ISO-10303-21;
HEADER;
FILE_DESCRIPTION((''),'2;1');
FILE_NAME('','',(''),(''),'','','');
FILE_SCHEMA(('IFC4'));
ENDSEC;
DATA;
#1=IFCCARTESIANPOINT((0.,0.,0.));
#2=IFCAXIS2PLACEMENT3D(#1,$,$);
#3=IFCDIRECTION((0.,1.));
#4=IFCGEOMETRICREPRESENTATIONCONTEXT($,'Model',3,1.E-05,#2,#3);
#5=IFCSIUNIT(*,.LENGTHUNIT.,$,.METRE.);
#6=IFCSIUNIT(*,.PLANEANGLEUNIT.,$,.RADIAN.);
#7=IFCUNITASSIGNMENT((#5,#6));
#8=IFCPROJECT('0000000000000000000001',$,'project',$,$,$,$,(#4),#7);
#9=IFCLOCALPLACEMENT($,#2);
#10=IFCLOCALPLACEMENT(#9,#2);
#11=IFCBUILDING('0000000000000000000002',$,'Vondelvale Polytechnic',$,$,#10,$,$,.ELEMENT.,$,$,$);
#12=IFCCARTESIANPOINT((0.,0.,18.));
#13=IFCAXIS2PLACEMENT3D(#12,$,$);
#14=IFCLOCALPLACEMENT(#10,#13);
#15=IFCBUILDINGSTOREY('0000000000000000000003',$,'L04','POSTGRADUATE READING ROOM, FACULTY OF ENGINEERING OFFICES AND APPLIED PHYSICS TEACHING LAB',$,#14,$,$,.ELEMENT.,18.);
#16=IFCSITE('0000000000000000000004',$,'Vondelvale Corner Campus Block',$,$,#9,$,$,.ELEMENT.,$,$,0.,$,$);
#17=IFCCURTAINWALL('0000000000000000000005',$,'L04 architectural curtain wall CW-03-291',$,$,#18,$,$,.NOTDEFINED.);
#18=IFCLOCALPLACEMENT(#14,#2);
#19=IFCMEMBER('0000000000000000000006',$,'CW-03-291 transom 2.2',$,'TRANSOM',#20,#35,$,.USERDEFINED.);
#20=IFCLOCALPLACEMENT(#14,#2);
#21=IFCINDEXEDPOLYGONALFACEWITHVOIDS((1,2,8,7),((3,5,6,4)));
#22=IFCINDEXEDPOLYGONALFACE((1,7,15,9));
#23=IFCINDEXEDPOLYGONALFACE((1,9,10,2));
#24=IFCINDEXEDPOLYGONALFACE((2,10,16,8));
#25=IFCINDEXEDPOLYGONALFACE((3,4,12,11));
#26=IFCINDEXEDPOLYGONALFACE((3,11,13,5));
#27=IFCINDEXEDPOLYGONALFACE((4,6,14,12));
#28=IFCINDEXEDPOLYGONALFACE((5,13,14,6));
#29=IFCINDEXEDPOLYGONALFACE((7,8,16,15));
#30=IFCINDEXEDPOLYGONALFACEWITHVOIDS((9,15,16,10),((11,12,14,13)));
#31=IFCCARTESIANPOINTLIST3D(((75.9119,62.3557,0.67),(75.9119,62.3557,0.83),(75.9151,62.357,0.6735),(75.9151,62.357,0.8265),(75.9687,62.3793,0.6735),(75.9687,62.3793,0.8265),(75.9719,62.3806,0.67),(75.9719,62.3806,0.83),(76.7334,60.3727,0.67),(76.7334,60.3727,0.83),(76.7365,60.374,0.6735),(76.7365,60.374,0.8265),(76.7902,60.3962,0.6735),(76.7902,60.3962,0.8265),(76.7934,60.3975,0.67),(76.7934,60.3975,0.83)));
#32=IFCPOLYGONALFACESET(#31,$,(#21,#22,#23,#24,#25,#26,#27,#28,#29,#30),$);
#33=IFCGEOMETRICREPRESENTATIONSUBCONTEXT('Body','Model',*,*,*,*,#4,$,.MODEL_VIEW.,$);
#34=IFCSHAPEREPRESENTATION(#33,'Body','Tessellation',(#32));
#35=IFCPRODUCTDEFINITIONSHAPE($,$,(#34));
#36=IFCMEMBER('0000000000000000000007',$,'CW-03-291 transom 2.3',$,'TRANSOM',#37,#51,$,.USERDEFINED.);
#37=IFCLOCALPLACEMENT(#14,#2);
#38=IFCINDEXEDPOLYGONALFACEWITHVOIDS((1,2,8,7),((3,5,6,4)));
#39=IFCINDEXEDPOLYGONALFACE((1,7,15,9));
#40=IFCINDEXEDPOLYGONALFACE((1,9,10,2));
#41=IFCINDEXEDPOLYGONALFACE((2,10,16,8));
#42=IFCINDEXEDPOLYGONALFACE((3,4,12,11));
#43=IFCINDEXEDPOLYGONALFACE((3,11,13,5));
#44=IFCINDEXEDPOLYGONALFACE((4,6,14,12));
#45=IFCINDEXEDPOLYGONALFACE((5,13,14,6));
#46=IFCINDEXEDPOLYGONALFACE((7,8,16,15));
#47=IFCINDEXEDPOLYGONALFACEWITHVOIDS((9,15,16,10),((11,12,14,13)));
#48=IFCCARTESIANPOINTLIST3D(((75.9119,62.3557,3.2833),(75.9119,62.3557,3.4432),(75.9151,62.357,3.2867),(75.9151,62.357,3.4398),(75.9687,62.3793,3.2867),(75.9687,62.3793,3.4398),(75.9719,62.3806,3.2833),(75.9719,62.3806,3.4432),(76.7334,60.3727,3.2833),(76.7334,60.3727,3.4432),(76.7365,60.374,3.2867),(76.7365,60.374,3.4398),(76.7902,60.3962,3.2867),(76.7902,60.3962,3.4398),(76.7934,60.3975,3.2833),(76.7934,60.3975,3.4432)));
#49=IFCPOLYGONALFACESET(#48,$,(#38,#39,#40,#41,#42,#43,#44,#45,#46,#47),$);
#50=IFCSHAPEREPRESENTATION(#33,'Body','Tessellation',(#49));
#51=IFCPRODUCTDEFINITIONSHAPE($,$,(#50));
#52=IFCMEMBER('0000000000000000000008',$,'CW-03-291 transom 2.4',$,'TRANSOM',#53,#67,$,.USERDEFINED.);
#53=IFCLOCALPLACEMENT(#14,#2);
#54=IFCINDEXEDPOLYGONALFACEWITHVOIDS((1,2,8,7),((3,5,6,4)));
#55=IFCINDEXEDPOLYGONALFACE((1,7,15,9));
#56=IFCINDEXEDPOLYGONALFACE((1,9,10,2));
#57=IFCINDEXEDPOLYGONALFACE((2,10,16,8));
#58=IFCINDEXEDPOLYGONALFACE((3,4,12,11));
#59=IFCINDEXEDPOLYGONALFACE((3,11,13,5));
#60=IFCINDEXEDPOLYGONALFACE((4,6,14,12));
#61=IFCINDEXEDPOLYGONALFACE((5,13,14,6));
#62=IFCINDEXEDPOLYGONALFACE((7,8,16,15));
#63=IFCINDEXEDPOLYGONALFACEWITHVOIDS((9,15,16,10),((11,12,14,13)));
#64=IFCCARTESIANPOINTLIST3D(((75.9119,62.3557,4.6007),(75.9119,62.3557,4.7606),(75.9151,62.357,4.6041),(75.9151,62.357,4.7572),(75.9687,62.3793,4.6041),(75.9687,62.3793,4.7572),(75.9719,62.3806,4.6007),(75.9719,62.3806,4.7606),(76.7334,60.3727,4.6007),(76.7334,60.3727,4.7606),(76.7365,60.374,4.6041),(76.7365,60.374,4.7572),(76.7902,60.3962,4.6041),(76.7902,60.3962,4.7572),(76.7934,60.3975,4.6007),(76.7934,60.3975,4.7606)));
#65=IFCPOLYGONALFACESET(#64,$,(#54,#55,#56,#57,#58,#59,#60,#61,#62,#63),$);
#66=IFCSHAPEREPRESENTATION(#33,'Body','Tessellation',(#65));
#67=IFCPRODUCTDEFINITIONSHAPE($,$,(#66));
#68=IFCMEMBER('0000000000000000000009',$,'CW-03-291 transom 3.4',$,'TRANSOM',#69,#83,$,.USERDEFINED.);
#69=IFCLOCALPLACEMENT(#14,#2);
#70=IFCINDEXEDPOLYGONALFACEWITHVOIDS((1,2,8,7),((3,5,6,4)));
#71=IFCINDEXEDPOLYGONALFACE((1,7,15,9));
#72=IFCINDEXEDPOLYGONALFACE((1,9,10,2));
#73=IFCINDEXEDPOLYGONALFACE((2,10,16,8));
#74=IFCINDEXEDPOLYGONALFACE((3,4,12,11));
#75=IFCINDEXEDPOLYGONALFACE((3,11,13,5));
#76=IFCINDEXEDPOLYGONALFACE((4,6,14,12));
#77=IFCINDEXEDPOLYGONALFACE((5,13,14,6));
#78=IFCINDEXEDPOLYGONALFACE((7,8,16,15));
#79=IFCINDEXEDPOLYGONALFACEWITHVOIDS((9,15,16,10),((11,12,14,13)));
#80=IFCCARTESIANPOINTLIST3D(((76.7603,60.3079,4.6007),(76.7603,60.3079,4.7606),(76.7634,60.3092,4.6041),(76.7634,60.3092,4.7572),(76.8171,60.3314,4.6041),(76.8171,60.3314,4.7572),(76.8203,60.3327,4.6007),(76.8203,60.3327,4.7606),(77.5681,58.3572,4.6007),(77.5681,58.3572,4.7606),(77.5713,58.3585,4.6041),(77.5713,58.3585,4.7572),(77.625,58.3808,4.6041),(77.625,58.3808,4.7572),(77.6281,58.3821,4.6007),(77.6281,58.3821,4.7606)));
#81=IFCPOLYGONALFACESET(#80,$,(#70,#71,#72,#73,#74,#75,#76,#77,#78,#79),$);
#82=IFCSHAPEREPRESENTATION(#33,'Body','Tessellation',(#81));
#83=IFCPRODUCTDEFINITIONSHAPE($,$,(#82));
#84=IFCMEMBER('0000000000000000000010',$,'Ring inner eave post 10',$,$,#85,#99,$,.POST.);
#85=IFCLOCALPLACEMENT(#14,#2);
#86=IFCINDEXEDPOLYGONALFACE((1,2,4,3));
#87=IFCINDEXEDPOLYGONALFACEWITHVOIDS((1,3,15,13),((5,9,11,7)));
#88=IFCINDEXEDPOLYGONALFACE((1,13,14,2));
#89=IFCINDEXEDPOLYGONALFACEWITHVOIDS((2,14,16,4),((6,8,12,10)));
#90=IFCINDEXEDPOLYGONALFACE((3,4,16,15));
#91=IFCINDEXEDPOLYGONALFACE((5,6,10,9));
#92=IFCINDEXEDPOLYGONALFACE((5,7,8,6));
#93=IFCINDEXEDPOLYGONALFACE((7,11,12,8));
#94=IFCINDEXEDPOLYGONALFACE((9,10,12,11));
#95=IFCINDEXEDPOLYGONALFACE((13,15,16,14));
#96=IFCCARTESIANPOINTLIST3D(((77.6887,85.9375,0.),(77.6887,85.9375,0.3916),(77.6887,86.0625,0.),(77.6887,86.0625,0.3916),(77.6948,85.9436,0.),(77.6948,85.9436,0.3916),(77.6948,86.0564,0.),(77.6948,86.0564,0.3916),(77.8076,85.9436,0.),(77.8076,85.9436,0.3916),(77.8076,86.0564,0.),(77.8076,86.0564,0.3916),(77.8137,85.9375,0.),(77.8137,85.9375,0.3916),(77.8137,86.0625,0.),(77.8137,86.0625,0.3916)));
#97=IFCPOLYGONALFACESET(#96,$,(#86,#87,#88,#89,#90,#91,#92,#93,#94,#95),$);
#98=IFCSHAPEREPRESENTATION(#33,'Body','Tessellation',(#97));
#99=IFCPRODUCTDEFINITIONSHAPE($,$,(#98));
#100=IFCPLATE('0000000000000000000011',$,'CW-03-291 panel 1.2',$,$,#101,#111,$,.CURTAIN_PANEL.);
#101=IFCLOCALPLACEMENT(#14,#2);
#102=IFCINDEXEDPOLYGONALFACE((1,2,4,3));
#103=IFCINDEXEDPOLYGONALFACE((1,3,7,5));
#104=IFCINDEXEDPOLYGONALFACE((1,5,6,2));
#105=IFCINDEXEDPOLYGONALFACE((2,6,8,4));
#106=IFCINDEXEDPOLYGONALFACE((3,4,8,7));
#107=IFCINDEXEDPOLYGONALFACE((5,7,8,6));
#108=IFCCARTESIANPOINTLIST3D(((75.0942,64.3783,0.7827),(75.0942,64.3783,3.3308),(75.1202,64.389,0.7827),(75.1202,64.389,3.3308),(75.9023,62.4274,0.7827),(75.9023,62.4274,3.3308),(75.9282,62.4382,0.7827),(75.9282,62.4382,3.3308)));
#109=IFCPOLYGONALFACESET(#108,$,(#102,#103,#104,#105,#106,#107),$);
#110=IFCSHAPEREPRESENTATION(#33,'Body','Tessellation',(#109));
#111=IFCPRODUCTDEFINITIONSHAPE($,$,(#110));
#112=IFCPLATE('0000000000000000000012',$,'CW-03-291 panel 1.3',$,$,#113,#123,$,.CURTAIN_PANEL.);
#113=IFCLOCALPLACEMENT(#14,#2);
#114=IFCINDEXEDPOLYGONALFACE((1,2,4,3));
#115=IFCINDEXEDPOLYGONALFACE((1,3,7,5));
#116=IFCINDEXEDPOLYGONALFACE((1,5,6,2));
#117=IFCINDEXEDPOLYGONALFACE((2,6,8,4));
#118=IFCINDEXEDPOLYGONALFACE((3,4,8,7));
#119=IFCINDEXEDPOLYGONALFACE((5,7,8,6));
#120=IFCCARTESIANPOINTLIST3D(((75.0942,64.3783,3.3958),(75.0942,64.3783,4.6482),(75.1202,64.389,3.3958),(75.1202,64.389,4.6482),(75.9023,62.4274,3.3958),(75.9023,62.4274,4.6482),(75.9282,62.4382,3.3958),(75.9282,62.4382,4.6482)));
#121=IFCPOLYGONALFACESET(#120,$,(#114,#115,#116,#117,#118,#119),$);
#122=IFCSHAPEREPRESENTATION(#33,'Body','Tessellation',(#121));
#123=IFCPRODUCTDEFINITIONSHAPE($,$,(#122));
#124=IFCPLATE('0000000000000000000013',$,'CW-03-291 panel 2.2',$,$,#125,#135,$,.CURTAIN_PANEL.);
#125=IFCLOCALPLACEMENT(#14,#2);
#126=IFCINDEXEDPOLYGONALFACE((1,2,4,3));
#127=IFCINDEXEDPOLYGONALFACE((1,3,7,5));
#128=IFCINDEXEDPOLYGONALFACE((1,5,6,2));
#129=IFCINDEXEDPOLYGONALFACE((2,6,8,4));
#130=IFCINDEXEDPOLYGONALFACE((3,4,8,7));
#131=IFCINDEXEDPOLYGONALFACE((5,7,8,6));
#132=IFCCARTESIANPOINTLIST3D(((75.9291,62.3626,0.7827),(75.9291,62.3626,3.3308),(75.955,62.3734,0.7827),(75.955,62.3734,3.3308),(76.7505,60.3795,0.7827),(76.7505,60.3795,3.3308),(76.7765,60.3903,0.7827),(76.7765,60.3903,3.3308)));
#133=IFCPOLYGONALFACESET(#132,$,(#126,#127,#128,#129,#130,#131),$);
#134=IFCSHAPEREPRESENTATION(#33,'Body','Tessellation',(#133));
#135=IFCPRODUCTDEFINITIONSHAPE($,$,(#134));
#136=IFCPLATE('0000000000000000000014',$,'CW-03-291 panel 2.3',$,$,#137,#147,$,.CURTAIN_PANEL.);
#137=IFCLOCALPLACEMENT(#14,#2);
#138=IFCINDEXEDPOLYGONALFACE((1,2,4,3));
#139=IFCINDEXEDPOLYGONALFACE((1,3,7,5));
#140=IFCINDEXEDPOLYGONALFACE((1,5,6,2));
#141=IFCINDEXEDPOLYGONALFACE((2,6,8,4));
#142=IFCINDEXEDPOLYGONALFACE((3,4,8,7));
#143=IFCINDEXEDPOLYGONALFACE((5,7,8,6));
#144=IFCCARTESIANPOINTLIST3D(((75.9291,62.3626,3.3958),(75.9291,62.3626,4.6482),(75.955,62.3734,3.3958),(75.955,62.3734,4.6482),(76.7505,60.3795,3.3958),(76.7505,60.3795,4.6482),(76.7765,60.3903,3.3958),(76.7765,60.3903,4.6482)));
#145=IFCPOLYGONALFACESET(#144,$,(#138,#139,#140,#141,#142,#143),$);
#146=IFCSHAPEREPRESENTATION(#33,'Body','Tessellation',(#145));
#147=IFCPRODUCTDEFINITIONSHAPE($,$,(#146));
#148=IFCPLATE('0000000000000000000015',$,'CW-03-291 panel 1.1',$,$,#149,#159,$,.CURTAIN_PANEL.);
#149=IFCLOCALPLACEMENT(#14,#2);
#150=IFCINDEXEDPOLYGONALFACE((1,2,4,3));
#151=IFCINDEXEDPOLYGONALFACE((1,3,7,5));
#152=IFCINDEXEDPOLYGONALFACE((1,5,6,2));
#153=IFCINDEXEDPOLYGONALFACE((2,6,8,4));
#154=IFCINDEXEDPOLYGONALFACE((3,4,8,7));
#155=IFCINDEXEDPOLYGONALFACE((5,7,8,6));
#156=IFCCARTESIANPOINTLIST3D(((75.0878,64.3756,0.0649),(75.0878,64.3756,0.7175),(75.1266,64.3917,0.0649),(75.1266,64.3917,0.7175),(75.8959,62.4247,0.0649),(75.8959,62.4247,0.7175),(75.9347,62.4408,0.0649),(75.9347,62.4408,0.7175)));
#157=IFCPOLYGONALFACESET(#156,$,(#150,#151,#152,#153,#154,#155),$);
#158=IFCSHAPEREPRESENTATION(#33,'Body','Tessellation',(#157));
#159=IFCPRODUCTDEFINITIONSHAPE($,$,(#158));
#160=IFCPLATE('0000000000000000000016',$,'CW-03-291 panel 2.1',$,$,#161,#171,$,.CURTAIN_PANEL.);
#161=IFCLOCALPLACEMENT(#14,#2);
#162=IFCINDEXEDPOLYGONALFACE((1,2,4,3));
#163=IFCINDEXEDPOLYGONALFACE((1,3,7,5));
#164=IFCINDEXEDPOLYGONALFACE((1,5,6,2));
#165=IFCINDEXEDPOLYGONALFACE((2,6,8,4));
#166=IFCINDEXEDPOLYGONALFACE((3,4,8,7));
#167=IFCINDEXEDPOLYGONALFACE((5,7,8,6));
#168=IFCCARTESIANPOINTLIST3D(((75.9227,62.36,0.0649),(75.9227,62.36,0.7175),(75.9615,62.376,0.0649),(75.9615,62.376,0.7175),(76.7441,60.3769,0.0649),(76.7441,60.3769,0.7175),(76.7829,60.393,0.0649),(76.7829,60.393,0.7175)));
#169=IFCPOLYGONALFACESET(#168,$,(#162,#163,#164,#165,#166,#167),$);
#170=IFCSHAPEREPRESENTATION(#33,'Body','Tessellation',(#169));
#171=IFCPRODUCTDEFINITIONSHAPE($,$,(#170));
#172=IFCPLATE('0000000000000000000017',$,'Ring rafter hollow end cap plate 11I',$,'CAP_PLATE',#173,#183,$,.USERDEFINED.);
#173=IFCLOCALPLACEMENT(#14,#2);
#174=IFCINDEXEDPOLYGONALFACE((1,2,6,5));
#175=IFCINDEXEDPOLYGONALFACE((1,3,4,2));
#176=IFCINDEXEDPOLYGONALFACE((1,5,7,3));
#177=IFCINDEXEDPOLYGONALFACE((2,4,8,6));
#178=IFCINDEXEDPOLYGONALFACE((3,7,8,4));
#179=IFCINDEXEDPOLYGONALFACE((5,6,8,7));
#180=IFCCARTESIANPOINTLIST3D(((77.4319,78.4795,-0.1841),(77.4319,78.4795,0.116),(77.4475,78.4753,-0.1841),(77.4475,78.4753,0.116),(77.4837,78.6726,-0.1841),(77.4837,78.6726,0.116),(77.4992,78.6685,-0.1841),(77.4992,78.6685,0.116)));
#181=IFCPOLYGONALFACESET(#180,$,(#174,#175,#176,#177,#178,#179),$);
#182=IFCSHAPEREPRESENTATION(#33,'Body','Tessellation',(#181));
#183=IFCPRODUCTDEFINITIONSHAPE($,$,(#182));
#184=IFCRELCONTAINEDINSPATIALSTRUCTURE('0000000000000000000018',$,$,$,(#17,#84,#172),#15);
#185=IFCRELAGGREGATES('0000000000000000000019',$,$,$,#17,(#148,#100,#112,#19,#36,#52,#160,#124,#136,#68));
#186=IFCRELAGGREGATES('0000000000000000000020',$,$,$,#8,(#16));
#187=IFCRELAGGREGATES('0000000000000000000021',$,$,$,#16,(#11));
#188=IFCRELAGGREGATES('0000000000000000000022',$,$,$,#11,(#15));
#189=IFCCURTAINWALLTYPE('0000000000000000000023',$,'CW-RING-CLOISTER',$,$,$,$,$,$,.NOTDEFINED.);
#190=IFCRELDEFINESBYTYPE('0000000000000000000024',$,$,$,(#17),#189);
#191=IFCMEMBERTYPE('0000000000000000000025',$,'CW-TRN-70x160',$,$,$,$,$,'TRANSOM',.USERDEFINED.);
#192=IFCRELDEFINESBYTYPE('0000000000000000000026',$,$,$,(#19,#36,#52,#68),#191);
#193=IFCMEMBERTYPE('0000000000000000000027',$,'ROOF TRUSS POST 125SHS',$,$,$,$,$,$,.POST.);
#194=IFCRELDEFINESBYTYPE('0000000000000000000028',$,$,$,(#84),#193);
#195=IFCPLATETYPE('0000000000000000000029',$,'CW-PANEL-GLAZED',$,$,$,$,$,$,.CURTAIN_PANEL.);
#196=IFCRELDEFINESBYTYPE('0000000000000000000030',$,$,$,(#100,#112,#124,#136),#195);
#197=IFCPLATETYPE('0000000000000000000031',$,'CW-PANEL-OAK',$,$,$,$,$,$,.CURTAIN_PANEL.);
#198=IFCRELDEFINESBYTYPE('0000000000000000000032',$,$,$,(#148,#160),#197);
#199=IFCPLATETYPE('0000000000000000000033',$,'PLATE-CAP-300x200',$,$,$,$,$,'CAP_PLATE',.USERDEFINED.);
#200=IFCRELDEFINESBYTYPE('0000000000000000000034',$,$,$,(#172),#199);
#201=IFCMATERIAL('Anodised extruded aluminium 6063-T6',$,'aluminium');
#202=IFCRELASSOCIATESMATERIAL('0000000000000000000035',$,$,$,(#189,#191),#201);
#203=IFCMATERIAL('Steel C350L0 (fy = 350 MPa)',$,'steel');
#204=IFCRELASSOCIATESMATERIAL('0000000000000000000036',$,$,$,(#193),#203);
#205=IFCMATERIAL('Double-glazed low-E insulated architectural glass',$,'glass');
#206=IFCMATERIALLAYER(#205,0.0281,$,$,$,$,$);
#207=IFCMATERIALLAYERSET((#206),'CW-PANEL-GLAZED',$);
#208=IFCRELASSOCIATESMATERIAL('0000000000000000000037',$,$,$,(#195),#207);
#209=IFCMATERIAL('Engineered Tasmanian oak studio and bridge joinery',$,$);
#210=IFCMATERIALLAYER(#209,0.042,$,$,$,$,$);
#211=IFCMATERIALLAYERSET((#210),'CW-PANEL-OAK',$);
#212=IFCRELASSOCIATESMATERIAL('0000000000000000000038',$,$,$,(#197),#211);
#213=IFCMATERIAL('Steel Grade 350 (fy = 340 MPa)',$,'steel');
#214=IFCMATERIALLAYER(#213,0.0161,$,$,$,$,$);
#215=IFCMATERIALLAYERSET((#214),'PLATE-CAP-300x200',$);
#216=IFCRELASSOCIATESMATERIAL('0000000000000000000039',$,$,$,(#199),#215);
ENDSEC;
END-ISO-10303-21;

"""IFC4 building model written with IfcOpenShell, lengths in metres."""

from ifc_helpers import new_model, si_unit, direction, frame, origin, origin_2d, place, context, subcontext, project, spatial, rectangle, hollow_rectangle, extrude, material, layer, layer_set, material_profile, profile_set, type_object, element, aggregate, save


model = new_model("IFC4")

# Units and contexts
model_context = context("Model", 3, precision=1e-05, world=origin(), true_north=direction((0.0, 1.0)))
body_context = subcontext(model_context, "Body", "Model", "MODEL_VIEW")
ifc_project = project(units=[si_unit("LENGTHUNIT", "METRE"), si_unit("PLANEANGLEUNIT", "RADIAN")], contexts=[model_context])

# Site, building, storey
site_placement = place(None, origin())
site = spatial("IfcSite", under=ifc_project, at=site_placement, Name="Vondelvale Corner Campus Block", CompositionType="ELEMENT", RefElevation=0.0)
building_placement = place(site_placement, origin())
building = spatial("IfcBuilding", under=site, at=building_placement, Name="Vondelvale Polytechnic", CompositionType="ELEMENT")
storey_placement = place(building_placement, frame((0.0, 0.0, 18.0)))
storey = spatial("IfcBuildingStorey", under=building, at=storey_placement, Name="L04", Description="POSTGRADUATE READING ROOM, FACULTY OF ENGINEERING OFFICES AND APPLIED PHYSICS TEACHING LAB", CompositionType="ELEMENT", Elevation=18.0)

# Curtain wall, members
ifc_material_1 = material(Name="Anodised extruded aluminium 6063-T6", Category="aluminium")
curtain_wall_type = type_object("IfcCurtainWallType", Name="CW-RING-CLOISTER", PredefinedType="NOTDEFINED", material=ifc_material_1)
curtain_wall_placement = place(storey_placement, origin())
curtain_wall = element("IfcCurtainWall", 1, at=curtain_wall_placement, inside=storey, type_object=curtain_wall_type, Name="L04 architectural curtain wall CW-03-291", PredefinedType="NOTDEFINED")
ifc_material_profile_1 = material_profile(ifc_material_1, hollow_rectangle(XDim=0.0649, YDim=0.1599, WallThickness=0.0034, at=origin_2d()), Name="CW-TRN-160x65")
ifc_profile_set_1 = profile_set([ifc_material_profile_1], Name="Anodised extruded aluminium 6063-T6")
member_type_1 = type_object("IfcMemberType", Name="CW-TRN-70x160", ElementType="TRANSOM", PredefinedType="USERDEFINED", material=ifc_profile_set_1)
member_1_placement = place(storey_placement, frame((75.9419, 62.3682, 0.75), z_axis=(0.382717, -0.923866, 0.0), x_axis=(0.923866, 0.382717, 0.0)))
member_1 = element("IfcMember", 2, at=member_1_placement, type_object=member_type_1, Name="CW-03-291 transom 2.2", ObjectType="TRANSOM", PredefinedType="USERDEFINED", context=body_context, shape_type="SweptSolid", body=[
    extrude(hollow_rectangle(XDim=0.0649, YDim=0.1599, WallThickness=0.0034, at=origin_2d()), origin(), (0.0, 0.0, 1.0), 2.1465),
])
member_2_placement = place(storey_placement, frame((75.9419, 62.3682, 3.3633), z_axis=(0.382717, -0.923866, 0.0), x_axis=(0.923866, 0.382717, 0.0)))
member_2 = element("IfcMember", 3, at=member_2_placement, type_object=member_type_1, Name="CW-03-291 transom 2.3", ObjectType="TRANSOM", PredefinedType="USERDEFINED", context=body_context, shape_type="SweptSolid", body=[
    extrude(hollow_rectangle(XDim=0.0649, YDim=0.1599, WallThickness=0.0034, at=origin_2d()), origin(), (0.0, 0.0, 1.0), 2.1465),
])
member_3_placement = place(storey_placement, frame((75.9419, 62.3682, 4.6807), z_axis=(0.382717, -0.923866, 0.0), x_axis=(0.923866, 0.382717, 0.0)))
member_3 = element("IfcMember", 4, at=member_3_placement, type_object=member_type_1, Name="CW-03-291 transom 2.4", ObjectType="TRANSOM", PredefinedType="USERDEFINED", context=body_context, shape_type="SweptSolid", body=[
    extrude(hollow_rectangle(XDim=0.0649, YDim=0.1599, WallThickness=0.0034, at=origin_2d()), origin(), (0.0, 0.0, 1.0), 2.1465),
])
member_4_placement = place(storey_placement, frame((76.7903, 60.3203, 4.6807), z_axis=(0.382628, -0.923903, 0.0), x_axis=(0.923903, 0.382628, 0.0)))
member_4 = element("IfcMember", 5, at=member_4_placement, type_object=member_type_1, Name="CW-03-291 transom 3.4", ObjectType="TRANSOM", PredefinedType="USERDEFINED", context=body_context, shape_type="SweptSolid", body=[
    extrude(hollow_rectangle(XDim=0.0649, YDim=0.1599, WallThickness=0.0034, at=origin_2d()), origin(), (0.0, 0.0, 1.0), 2.1113),
])

# Member
ifc_material_2 = material(Name="Steel C350L0 (fy = 350 MPa)", Category="steel")
ifc_material_profile_2 = material_profile(ifc_material_2, hollow_rectangle(XDim=0.125, YDim=0.125, WallThickness=0.0061, at=origin_2d()), Name="125x125x6.0SHS")
ifc_profile_set_2 = profile_set([ifc_material_profile_2], Name="Steel C350L0 (fy = 350 MPa)")
member_type_2 = type_object("IfcMemberType", Name="ROOF TRUSS POST 125SHS", PredefinedType="POST", material=ifc_profile_set_2)
member_5_placement = place(storey_placement, frame((77.7512, 86.0, 0.0), z_axis=(0.0, 0.0, 1.0), x_axis=(1.0, 0.0, 0.0)))
element("IfcMember", 6, at=member_5_placement, inside=storey, type_object=member_type_2, Name="Ring inner eave post 10", PredefinedType="POST", context=body_context, shape_type="SweptSolid", body=[
    extrude(hollow_rectangle(XDim=0.125, YDim=0.125, WallThickness=0.0061, at=origin_2d()), origin(), (0.0, 0.0, 1.0), 0.3916),
])

# Plates
ifc_material_3 = material(Name="Double-glazed low-E insulated architectural glass", Category="glass")
ifc_layer_1 = layer(ifc_material_3, 0.0281)
ifc_layer_set_1 = layer_set([ifc_layer_1], Name="CW-PANEL-GLAZED")
plate_type_1 = type_object("IfcPlateType", Name="CW-PANEL-GLAZED", PredefinedType="CURTAIN_PANEL", material=ifc_layer_set_1)
plate_1_placement = place(storey_placement, frame((75.5112, 63.4082, 0.7827), z_axis=(0.0, 0.0, 1.0), x_axis=(0.382679, -0.923882, 0.0)))
plate_1 = element("IfcPlate", 7, at=plate_1_placement, type_object=plate_type_1, Name="CW-03-291 panel 1.2", PredefinedType="CURTAIN_PANEL", context=body_context, shape_type="SweptSolid", body=[
    extrude(rectangle(XDim=2.1116, YDim=0.0281, at=origin_2d()), origin(), (0.0, 0.0, 1.0), 2.5481),
])
plate_2_placement = place(storey_placement, frame((75.5112, 63.4082, 3.3958), z_axis=(0.0, 0.0, 1.0), x_axis=(0.382679, -0.923882, 0.0)))
plate_2 = element("IfcPlate", 8, at=plate_2_placement, type_object=plate_type_1, Name="CW-03-291 panel 1.3", PredefinedType="CURTAIN_PANEL", context=body_context, shape_type="SweptSolid", body=[
    extrude(rectangle(XDim=2.1116, YDim=0.0281, at=origin_2d()), origin(), (0.0, 0.0, 1.0), 1.2524),
])
plate_3_placement = place(storey_placement, frame((76.3528, 61.3765, 0.7827), z_axis=(0.0, 0.0, 1.0), x_axis=(0.382679, -0.923882, 0.0)))
plate_3 = element("IfcPlate", 9, at=plate_3_placement, type_object=plate_type_1, Name="CW-03-291 panel 2.2", PredefinedType="CURTAIN_PANEL", context=body_context, shape_type="SweptSolid", body=[
    extrude(rectangle(XDim=2.1465, YDim=0.0281, at=origin_2d()), origin(), (0.0, 0.0, 1.0), 2.5481),
])
plate_4_placement = place(storey_placement, frame((76.3528, 61.3765, 3.3958), z_axis=(0.0, 0.0, 1.0), x_axis=(0.382679, -0.923882, 0.0)))
plate_4 = element("IfcPlate", 10, at=plate_4_placement, type_object=plate_type_1, Name="CW-03-291 panel 2.3", PredefinedType="CURTAIN_PANEL", context=body_context, shape_type="SweptSolid", body=[
    extrude(rectangle(XDim=2.1465, YDim=0.0281, at=origin_2d()), origin(), (0.0, 0.0, 1.0), 1.2524),
])
ifc_material_4 = material(Name="Engineered Tasmanian oak studio and bridge joinery")
ifc_layer_2 = layer(ifc_material_4, 0.042)
ifc_layer_set_2 = layer_set([ifc_layer_2], Name="CW-PANEL-OAK")
plate_type_2 = type_object("IfcPlateType", Name="CW-PANEL-OAK", PredefinedType="CURTAIN_PANEL", material=ifc_layer_set_2)
plate_5_placement = place(storey_placement, frame((75.5112, 63.4082, 0.0649), z_axis=(0.0, 0.0, 1.0), x_axis=(0.382679, -0.923882, 0.0)))
plate_5 = element("IfcPlate", 11, at=plate_5_placement, type_object=plate_type_2, Name="CW-03-291 panel 1.1", PredefinedType="CURTAIN_PANEL", context=body_context, shape_type="SweptSolid", body=[
    extrude(rectangle(XDim=2.1116, YDim=0.042, at=origin_2d()), origin(), (0.0, 0.0, 1.0), 0.6526),
])
plate_6_placement = place(storey_placement, frame((76.3528, 61.3765, 0.0649), z_axis=(0.0, 0.0, 1.0), x_axis=(0.382679, -0.923882, 0.0)))
plate_6 = element("IfcPlate", 12, at=plate_6_placement, type_object=plate_type_2, Name="CW-03-291 panel 2.1", PredefinedType="CURTAIN_PANEL", context=body_context, shape_type="SweptSolid", body=[
    extrude(rectangle(XDim=2.1465, YDim=0.042, at=origin_2d()), origin(), (0.0, 0.0, 1.0), 0.6526),
])
aggregate(curtain_wall, [plate_5, plate_1, plate_2, member_1, member_2, member_3, plate_6, plate_3, plate_4, member_4])

# Plate
ifc_material_5 = material(Name="Steel Grade 350 (fy = 340 MPa)", Category="steel")
ifc_layer_3 = layer(ifc_material_5, 0.0161)
ifc_layer_set_3 = layer_set([ifc_layer_3], Name="PLATE-CAP-300x200")
plate_type_3 = type_object("IfcPlateType", Name="PLATE-CAP-300x200", ElementType="CAP_PLATE", PredefinedType="USERDEFINED", material=ifc_layer_set_3)
for number, where, z_axis, x_axis, name in (
    (13, (77.4656, 78.574, -0.1841), (0.0, 0.0, 1.0), (0.965926, -0.258819, 0.0), "Ring rafter hollow end cap plate 11I"),
):
    element("IfcPlate", number, at=place(storey_placement, frame(where, z_axis=z_axis, x_axis=x_axis)), inside=storey, type_object=plate_type_3, Name=name, ObjectType="CAP_PLATE", PredefinedType="USERDEFINED", context=body_context, shape_type="SweptSolid", body=[
        extrude(rectangle(XDim=0.0161, YDim=0.2, at=origin_2d()), origin(), (0.0, 0.0, 1.0), 0.3),
    ])

save(model, "model.ifc")
